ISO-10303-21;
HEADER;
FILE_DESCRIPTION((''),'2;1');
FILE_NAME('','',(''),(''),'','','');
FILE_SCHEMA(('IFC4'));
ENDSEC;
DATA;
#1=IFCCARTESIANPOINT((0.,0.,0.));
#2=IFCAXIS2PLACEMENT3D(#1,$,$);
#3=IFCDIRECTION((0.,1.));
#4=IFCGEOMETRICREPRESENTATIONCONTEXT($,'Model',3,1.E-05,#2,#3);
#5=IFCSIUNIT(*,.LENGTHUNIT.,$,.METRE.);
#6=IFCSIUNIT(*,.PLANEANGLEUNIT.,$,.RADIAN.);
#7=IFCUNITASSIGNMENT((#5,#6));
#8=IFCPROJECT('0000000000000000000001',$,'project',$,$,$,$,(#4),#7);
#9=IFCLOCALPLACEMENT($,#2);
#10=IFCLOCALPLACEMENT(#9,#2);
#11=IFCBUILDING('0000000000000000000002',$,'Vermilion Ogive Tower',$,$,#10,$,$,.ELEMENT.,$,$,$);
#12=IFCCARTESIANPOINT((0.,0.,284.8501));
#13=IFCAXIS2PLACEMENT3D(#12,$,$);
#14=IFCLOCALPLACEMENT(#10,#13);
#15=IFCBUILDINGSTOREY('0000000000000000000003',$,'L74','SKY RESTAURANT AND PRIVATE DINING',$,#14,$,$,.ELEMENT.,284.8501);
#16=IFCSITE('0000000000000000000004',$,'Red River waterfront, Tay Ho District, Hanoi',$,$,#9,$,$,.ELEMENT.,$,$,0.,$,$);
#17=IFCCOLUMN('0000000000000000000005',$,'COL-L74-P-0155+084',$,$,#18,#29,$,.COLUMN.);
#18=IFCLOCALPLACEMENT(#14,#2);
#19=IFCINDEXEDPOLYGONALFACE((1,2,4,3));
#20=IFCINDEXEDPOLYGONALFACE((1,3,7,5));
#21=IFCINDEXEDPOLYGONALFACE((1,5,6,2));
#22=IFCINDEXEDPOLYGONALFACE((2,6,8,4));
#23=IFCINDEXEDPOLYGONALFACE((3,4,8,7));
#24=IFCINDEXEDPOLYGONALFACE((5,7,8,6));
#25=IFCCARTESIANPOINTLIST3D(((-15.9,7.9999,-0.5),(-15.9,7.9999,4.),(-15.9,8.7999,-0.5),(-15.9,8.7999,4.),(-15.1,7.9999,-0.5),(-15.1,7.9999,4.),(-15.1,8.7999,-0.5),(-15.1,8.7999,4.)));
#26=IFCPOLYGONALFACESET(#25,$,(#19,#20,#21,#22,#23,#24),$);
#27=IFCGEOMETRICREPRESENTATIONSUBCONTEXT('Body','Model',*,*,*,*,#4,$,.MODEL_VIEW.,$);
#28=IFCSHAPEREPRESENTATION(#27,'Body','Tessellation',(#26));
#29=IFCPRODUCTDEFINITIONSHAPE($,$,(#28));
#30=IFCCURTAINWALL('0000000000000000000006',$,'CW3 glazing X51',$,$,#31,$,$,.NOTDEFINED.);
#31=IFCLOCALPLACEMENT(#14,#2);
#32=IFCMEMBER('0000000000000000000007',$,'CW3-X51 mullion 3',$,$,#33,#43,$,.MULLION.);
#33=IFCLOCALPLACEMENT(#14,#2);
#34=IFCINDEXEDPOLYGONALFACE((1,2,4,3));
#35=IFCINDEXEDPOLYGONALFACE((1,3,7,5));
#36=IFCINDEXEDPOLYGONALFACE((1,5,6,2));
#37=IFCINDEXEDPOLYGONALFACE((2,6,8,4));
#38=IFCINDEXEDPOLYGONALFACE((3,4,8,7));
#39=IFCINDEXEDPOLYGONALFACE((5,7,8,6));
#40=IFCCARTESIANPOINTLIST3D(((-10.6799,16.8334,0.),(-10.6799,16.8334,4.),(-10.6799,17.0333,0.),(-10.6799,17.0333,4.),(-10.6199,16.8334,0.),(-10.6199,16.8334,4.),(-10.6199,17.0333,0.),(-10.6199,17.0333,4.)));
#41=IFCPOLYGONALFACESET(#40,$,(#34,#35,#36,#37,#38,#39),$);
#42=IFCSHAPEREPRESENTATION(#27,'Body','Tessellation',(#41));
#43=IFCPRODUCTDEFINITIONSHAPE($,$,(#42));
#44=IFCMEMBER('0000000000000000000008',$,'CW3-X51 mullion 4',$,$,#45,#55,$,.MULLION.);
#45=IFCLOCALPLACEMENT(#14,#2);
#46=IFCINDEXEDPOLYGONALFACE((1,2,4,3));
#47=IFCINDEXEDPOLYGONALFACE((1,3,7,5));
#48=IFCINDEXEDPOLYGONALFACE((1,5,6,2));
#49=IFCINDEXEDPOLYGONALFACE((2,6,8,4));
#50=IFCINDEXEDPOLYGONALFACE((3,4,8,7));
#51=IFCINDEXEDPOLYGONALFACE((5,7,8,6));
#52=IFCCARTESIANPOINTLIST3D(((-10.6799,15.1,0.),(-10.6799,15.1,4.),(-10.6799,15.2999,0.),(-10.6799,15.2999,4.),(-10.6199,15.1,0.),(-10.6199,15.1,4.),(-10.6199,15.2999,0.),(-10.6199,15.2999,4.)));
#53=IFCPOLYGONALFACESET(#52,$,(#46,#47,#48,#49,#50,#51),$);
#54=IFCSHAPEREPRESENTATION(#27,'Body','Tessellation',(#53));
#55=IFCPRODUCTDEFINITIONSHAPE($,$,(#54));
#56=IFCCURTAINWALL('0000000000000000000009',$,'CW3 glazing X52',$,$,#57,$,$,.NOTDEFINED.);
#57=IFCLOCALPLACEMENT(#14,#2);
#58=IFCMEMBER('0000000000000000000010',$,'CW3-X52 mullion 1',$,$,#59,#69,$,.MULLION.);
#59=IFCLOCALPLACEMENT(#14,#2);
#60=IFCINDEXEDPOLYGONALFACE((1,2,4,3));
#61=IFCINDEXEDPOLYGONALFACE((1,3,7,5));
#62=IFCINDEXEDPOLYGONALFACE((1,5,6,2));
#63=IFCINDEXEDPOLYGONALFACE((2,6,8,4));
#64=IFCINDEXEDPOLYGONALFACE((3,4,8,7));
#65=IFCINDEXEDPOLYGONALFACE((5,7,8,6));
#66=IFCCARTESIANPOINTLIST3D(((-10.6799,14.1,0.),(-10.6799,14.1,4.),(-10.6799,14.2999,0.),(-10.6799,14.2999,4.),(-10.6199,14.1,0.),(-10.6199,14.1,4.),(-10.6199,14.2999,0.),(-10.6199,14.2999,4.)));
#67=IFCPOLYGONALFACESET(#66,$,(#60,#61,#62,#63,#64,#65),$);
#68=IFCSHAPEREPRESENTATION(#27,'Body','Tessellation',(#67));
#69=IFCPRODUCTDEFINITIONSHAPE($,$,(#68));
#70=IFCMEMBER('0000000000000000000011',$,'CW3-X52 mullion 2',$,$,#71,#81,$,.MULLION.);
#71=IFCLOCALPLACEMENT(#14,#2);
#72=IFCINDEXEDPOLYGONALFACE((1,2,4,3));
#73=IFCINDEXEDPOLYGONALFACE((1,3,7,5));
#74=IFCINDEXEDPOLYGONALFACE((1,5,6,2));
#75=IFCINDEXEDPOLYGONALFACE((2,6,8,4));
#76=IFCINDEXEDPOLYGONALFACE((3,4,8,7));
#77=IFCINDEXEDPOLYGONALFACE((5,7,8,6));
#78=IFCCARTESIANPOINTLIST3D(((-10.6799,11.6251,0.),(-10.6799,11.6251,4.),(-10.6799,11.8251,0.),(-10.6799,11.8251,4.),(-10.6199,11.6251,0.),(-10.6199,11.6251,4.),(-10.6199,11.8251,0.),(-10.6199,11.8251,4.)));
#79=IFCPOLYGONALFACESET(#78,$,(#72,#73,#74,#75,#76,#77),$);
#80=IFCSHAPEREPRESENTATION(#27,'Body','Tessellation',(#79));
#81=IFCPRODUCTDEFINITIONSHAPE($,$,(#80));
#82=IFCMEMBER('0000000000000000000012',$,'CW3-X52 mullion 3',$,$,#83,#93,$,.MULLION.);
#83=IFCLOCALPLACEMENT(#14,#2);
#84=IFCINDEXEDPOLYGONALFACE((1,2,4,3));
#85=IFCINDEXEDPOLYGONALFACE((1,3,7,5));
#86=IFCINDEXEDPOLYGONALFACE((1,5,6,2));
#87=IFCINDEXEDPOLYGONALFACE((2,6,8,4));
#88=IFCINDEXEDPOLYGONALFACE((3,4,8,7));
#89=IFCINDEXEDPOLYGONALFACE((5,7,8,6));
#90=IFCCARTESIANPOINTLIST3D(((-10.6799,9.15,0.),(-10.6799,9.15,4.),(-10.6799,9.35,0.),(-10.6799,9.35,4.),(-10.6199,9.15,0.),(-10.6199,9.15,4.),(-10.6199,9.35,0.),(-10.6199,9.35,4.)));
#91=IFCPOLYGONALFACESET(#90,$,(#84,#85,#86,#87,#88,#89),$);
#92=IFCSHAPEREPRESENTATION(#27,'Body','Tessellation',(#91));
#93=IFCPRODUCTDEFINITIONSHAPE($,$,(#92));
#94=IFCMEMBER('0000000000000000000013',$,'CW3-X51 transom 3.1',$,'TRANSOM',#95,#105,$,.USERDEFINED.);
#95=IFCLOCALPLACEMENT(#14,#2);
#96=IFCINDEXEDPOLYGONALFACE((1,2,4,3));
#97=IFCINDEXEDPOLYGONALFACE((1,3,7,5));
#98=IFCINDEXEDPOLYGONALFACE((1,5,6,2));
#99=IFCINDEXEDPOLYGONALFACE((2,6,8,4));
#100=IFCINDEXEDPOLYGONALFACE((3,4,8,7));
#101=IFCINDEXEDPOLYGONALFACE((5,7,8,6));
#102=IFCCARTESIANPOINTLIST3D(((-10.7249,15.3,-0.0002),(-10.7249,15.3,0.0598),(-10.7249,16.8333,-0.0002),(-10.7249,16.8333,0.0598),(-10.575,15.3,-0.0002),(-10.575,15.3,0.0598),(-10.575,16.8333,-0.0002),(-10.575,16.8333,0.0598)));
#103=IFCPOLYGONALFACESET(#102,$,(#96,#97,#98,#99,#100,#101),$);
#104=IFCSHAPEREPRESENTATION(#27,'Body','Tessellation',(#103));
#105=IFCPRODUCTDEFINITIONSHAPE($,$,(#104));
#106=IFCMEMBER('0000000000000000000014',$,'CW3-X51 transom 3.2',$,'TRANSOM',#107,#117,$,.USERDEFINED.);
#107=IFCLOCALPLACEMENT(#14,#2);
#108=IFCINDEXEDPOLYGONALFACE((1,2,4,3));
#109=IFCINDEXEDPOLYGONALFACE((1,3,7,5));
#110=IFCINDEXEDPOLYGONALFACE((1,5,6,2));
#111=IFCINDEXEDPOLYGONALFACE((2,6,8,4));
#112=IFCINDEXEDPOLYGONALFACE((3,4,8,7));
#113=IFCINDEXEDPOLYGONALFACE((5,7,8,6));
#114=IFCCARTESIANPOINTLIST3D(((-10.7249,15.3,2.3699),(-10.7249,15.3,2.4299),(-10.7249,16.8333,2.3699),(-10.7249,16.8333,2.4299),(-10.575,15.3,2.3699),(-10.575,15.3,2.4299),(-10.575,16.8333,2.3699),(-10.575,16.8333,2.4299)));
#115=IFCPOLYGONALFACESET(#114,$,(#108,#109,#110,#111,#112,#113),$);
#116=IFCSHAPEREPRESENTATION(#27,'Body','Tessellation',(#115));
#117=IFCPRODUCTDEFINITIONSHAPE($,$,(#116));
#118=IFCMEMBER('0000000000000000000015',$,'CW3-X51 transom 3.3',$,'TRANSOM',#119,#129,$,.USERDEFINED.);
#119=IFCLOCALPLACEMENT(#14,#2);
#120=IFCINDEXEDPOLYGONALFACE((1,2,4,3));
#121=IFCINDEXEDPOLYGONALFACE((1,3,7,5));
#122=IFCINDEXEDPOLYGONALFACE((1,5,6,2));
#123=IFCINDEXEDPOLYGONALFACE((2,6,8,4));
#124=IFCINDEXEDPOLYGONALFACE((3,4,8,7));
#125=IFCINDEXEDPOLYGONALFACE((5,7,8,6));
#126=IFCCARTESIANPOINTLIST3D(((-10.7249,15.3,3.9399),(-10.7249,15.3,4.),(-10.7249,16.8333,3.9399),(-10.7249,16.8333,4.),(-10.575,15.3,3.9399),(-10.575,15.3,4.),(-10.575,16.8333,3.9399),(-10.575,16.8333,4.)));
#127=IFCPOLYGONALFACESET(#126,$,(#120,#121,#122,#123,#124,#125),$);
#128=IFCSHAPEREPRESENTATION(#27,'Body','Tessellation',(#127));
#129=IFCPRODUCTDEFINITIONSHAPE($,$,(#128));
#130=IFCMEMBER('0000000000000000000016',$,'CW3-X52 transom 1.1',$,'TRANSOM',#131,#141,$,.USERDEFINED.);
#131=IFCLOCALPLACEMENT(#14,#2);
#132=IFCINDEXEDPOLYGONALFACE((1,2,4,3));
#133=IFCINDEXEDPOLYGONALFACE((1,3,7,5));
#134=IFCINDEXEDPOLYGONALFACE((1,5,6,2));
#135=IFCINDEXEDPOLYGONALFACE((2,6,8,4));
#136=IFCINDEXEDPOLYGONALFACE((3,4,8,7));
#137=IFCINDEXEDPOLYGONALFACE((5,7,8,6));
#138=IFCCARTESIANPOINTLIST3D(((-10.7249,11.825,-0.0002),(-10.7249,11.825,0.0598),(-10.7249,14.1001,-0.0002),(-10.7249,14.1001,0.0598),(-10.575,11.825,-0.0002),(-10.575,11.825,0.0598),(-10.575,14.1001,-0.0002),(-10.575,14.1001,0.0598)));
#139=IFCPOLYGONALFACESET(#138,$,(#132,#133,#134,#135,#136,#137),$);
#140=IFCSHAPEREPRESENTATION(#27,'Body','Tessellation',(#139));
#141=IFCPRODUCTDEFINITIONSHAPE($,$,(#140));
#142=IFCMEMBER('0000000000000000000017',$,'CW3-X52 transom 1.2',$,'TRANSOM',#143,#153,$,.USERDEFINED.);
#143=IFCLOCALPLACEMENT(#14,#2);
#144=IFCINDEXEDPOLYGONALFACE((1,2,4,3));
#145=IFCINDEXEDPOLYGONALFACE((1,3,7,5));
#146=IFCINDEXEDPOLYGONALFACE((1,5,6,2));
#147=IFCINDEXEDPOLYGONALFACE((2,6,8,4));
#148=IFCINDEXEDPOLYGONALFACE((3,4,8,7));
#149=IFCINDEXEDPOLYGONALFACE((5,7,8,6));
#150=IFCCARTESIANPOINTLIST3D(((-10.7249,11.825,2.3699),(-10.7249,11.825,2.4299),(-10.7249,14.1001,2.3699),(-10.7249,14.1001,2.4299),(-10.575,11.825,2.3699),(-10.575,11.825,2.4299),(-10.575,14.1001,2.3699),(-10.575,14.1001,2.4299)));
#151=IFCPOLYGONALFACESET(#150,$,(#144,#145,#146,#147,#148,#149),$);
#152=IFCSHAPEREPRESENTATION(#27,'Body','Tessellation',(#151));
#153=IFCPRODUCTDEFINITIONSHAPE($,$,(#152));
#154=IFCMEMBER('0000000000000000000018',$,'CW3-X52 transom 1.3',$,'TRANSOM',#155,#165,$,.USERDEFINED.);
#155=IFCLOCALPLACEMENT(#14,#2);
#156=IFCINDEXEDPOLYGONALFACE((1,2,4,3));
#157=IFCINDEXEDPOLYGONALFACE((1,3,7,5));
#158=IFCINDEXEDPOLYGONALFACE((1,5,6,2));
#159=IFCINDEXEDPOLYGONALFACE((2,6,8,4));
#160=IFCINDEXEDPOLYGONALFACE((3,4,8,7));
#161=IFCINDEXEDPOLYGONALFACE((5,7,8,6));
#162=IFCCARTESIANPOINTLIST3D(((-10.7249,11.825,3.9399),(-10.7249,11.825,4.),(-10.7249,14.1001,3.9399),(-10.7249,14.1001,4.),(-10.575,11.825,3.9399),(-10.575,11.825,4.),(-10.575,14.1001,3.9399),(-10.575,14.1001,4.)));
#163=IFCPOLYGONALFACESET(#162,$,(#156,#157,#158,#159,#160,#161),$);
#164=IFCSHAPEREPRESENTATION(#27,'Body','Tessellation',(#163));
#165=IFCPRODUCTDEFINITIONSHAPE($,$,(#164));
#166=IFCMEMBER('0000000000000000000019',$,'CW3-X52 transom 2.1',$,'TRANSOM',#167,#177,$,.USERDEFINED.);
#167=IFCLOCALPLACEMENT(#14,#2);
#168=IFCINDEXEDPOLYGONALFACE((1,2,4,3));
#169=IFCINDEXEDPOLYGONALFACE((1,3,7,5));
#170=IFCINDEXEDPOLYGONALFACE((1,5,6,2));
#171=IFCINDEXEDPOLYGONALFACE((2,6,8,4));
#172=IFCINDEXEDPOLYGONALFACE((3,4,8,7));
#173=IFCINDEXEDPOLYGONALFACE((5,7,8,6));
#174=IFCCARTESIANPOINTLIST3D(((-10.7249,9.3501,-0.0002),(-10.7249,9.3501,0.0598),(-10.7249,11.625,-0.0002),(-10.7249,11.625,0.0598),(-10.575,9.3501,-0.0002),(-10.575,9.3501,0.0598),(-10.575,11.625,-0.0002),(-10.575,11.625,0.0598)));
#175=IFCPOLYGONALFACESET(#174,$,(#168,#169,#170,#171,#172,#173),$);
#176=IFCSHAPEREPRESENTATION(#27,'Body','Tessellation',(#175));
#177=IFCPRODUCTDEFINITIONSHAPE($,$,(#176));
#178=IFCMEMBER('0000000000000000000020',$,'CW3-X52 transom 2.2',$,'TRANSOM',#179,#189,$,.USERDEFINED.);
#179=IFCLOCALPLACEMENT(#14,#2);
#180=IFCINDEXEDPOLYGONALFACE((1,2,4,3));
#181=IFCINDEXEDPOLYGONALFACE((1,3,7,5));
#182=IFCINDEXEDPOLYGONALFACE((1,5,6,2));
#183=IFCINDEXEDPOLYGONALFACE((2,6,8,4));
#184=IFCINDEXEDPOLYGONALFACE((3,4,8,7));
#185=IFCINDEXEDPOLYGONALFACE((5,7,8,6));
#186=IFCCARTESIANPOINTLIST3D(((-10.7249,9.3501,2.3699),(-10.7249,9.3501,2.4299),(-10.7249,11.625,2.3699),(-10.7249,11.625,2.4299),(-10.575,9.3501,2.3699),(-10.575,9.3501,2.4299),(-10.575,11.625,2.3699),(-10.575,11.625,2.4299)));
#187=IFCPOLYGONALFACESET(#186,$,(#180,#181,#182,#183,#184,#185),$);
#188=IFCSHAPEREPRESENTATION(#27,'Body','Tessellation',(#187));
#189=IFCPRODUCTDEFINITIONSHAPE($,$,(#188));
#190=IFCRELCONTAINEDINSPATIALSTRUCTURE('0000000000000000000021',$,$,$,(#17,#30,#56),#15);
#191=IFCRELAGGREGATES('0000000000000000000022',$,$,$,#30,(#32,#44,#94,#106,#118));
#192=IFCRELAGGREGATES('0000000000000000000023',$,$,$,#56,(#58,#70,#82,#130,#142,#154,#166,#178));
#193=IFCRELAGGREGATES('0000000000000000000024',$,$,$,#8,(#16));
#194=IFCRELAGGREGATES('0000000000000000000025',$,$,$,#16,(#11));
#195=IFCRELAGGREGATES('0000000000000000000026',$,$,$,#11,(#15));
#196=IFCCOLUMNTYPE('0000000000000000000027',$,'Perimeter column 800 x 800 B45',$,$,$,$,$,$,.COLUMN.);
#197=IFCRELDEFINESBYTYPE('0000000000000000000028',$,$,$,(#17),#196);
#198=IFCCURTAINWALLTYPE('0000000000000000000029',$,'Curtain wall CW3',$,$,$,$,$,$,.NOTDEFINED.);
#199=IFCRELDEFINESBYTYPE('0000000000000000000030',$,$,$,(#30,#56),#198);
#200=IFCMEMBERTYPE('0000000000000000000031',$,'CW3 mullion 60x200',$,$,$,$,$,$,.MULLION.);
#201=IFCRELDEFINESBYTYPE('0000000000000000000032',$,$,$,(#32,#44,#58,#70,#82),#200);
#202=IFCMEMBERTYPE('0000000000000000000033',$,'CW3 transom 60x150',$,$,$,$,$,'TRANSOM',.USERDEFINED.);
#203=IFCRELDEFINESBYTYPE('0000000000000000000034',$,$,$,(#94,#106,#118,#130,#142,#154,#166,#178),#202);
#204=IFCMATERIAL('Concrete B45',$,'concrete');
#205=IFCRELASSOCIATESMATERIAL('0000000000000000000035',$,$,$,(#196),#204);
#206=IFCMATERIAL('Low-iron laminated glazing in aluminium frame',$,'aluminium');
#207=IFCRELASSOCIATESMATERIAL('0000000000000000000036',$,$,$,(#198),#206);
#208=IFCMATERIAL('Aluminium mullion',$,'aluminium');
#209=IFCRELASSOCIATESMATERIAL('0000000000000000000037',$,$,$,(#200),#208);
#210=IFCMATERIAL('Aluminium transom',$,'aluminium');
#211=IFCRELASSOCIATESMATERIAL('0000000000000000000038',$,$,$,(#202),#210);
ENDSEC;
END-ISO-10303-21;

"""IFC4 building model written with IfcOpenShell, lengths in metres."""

from ifc_helpers import new_model, si_unit, direction, frame, origin, origin_2d, place, context, subcontext, project, spatial, rectangle, extrude, material, material_profile, profile_set, type_object, element, aggregate, save


model = new_model("IFC4")

# Units and contexts
model_context = context("Model", 3, precision=1e-05, world=origin(), true_north=direction((0.0, 1.0)))
body_context = subcontext(model_context, "Body", "Model", "MODEL_VIEW")
ifc_project = project(units=[si_unit("LENGTHUNIT", "METRE"), si_unit("PLANEANGLEUNIT", "RADIAN")], contexts=[model_context])

# Site, building, storey
site_placement = place(None, origin())
site = spatial("IfcSite", under=ifc_project, at=site_placement, Name="Red River waterfront, Tay Ho District, Hanoi", CompositionType="ELEMENT", RefElevation=0.0)
building_placement = place(site_placement, origin())
building = spatial("IfcBuilding", under=site, at=building_placement, Name="Vermilion Ogive Tower", CompositionType="ELEMENT")
storey_placement = place(building_placement, frame((0.0, 0.0, 284.8501)))
storey = spatial("IfcBuildingStorey", under=building, at=storey_placement, Name="L74", Description="SKY RESTAURANT AND PRIVATE DINING", CompositionType="ELEMENT", Elevation=284.8501)

# Column
ifc_material_1 = material(Name="Concrete B45", Category="concrete")
ifc_material_profile_1 = material_profile(ifc_material_1, rectangle(XDim=0.8, YDim=0.8, at=origin_2d()), Name="800 x 800")
ifc_profile_set_1 = profile_set([ifc_material_profile_1], Name="Concrete B45")
column_type = type_object("IfcColumnType", Name="Perimeter column 800 x 800 B45", PredefinedType="COLUMN", material=ifc_profile_set_1)
column_placement = place(storey_placement, frame((-15.5, 8.3999, -0.5), z_axis=(0.0, 0.0, 1.0), x_axis=(1.0, 0.0, 0.0)))
element("IfcColumn", 1, at=column_placement, inside=storey, type_object=column_type, Name="COL-L74-P-0155+084", PredefinedType="COLUMN", context=body_context, shape_type="SweptSolid", body=[
    extrude(rectangle(XDim=0.8, YDim=0.8, at=origin_2d()), origin(), (0.0, 0.0, 1.0), 4.5),
])

# Curtain walls, members
ifc_material_2 = material(Name="Low-iron laminated glazing in aluminium frame", Category="aluminium")
curtain_wall_type = type_object("IfcCurtainWallType", Name="Curtain wall CW3", PredefinedType="NOTDEFINED", material=ifc_material_2)
curtain_wall_1_placement = place(storey_placement, origin())
curtain_wall_1 = element("IfcCurtainWall", 2, at=curtain_wall_1_placement, inside=storey, type_object=curtain_wall_type, Name="CW3 glazing X51", PredefinedType="NOTDEFINED")
ifc_material_3 = material(Name="Aluminium mullion", Category="aluminium")
ifc_material_profile_2 = material_profile(ifc_material_3, rectangle(XDim=0.0601, YDim=0.2, at=origin_2d()), Name="AL 60x200")
ifc_profile_set_2 = profile_set([ifc_material_profile_2], Name="Aluminium mullion")
member_type_1 = type_object("IfcMemberType", Name="CW3 mullion 60x200", PredefinedType="MULLION", material=ifc_profile_set_2)
member_1_placement = place(storey_placement, frame((-10.6499, 16.9333, 0.0), z_axis=(0.0, 0.0, 1.0), x_axis=(1.0, 0.0, 0.0)))
member_1 = element("IfcMember", 3, at=member_1_placement, type_object=member_type_1, Name="CW3-X51 mullion 3", PredefinedType="MULLION", context=body_context, shape_type="SweptSolid", body=[
    extrude(rectangle(XDim=0.0601, YDim=0.2, at=origin_2d()), origin(), (0.0, 0.0, 1.0), 4.0),
])
member_2_placement = place(storey_placement, frame((-10.6499, 15.2, 0.0), z_axis=(0.0, 0.0, 1.0), x_axis=(1.0, 0.0, 0.0)))
member_2 = element("IfcMember", 4, at=member_2_placement, type_object=member_type_1, Name="CW3-X51 mullion 4", PredefinedType="MULLION", context=body_context, shape_type="SweptSolid", body=[
    extrude(rectangle(XDim=0.0601, YDim=0.2, at=origin_2d()), origin(), (0.0, 0.0, 1.0), 4.0),
])
curtain_wall_2_placement = place(storey_placement, origin())
curtain_wall_2 = element("IfcCurtainWall", 5, at=curtain_wall_2_placement, inside=storey, type_object=curtain_wall_type, Name="CW3 glazing X52", PredefinedType="NOTDEFINED")
member_3_placement = place(storey_placement, frame((-10.6499, 14.2, 0.0), z_axis=(0.0, 0.0, 1.0), x_axis=(1.0, 0.0, 0.0)))
member_3 = element("IfcMember", 6, at=member_3_placement, type_object=member_type_1, Name="CW3-X52 mullion 1", PredefinedType="MULLION", context=body_context, shape_type="SweptSolid", body=[
    extrude(rectangle(XDim=0.0601, YDim=0.2, at=origin_2d()), origin(), (0.0, 0.0, 1.0), 4.0),
])
member_4_placement = place(storey_placement, frame((-10.6499, 11.7251, 0.0), z_axis=(0.0, 0.0, 1.0), x_axis=(1.0, 0.0, 0.0)))
member_4 = element("IfcMember", 7, at=member_4_placement, type_object=member_type_1, Name="CW3-X52 mullion 2", PredefinedType="MULLION", context=body_context, shape_type="SweptSolid", body=[
    extrude(rectangle(XDim=0.0601, YDim=0.2, at=origin_2d()), origin(), (0.0, 0.0, 1.0), 4.0),
])
member_5_placement = place(storey_placement, frame((-10.6499, 9.25, 0.0), z_axis=(0.0, 0.0, 1.0), x_axis=(1.0, 0.0, 0.0)))
member_5 = element("IfcMember", 8, at=member_5_placement, type_object=member_type_1, Name="CW3-X52 mullion 3", PredefinedType="MULLION", context=body_context, shape_type="SweptSolid", body=[
    extrude(rectangle(XDim=0.0601, YDim=0.2, at=origin_2d()), origin(), (0.0, 0.0, 1.0), 4.0),
])

# Members
ifc_material_4 = material(Name="Aluminium transom", Category="aluminium")
ifc_material_profile_3 = material_profile(ifc_material_4, rectangle(XDim=0.1499, YDim=0.0601, at=origin_2d()), Name="AL 60x150")
ifc_profile_set_3 = profile_set([ifc_material_profile_3], Name="Aluminium transom")
member_type_2 = type_object("IfcMemberType", Name="CW3 transom 60x150", ElementType="TRANSOM", PredefinedType="USERDEFINED", material=ifc_profile_set_3)
member_6_placement = place(storey_placement, frame((-10.6499, 16.8333, 0.0298), z_axis=(0.0, -1.0, 0.0), x_axis=(1.0, 0.0, 0.0)))
member_6 = element("IfcMember", 9, at=member_6_placement, type_object=member_type_2, Name="CW3-X51 transom 3.1", ObjectType="TRANSOM", PredefinedType="USERDEFINED", context=body_context, shape_type="SweptSolid", body=[
    extrude(rectangle(XDim=0.1499, YDim=0.0601, at=origin_2d()), origin(), (0.0, 0.0, 1.0), 1.5332),
])
member_7_placement = place(storey_placement, frame((-10.6499, 16.8333, 2.3999), z_axis=(0.0, -1.0, 0.0), x_axis=(1.0, 0.0, 0.0)))
member_7 = element("IfcMember", 10, at=member_7_placement, type_object=member_type_2, Name="CW3-X51 transom 3.2", ObjectType="TRANSOM", PredefinedType="USERDEFINED", context=body_context, shape_type="SweptSolid", body=[
    extrude(rectangle(XDim=0.1499, YDim=0.0601, at=origin_2d()), origin(), (0.0, 0.0, 1.0), 1.5332),
])
member_8_placement = place(storey_placement, frame((-10.6499, 16.8333, 3.97), z_axis=(0.0, -1.0, 0.0), x_axis=(1.0, 0.0, 0.0)))
member_8 = element("IfcMember", 11, at=member_8_placement, type_object=member_type_2, Name="CW3-X51 transom 3.3", ObjectType="TRANSOM", PredefinedType="USERDEFINED", context=body_context, shape_type="SweptSolid", body=[
    extrude(rectangle(XDim=0.1499, YDim=0.0601, at=origin_2d()), origin(), (0.0, 0.0, 1.0), 1.5332),
])
member_9_placement = place(storey_placement, frame((-10.6499, 14.1001, 0.0298), z_axis=(0.0, -1.0, 0.0), x_axis=(1.0, 0.0, 0.0)))
member_9 = element("IfcMember", 12, at=member_9_placement, type_object=member_type_2, Name="CW3-X52 transom 1.1", ObjectType="TRANSOM", PredefinedType="USERDEFINED", context=body_context, shape_type="SweptSolid", body=[
    extrude(rectangle(XDim=0.1499, YDim=0.0601, at=origin_2d()), origin(), (0.0, 0.0, 1.0), 2.2751),
])
member_10_placement = place(storey_placement, frame((-10.6499, 14.1001, 2.3999), z_axis=(0.0, -1.0, 0.0), x_axis=(1.0, 0.0, 0.0)))
member_10 = element("IfcMember", 13, at=member_10_placement, type_object=member_type_2, Name="CW3-X52 transom 1.2", ObjectType="TRANSOM", PredefinedType="USERDEFINED", context=body_context, shape_type="SweptSolid", body=[
    extrude(rectangle(XDim=0.1499, YDim=0.0601, at=origin_2d()), origin(), (0.0, 0.0, 1.0), 2.2751),
])
member_11_placement = place(storey_placement, frame((-10.6499, 14.1001, 3.97), z_axis=(0.0, -1.0, 0.0), x_axis=(1.0, 0.0, 0.0)))
member_11 = element("IfcMember", 14, at=member_11_placement, type_object=member_type_2, Name="CW3-X52 transom 1.3", ObjectType="TRANSOM", PredefinedType="USERDEFINED", context=body_context, shape_type="SweptSolid", body=[
    extrude(rectangle(XDim=0.1499, YDim=0.0601, at=origin_2d()), origin(), (0.0, 0.0, 1.0), 2.2751),
])
member_12_placement = place(storey_placement, frame((-10.6499, 11.625, 0.0298), z_axis=(0.0, -1.0, 0.0), x_axis=(1.0, 0.0, 0.0)))
member_12 = element("IfcMember", 15, at=member_12_placement, type_object=member_type_2, Name="CW3-X52 transom 2.1", ObjectType="TRANSOM", PredefinedType="USERDEFINED", context=body_context, shape_type="SweptSolid", body=[
    extrude(rectangle(XDim=0.1499, YDim=0.0601, at=origin_2d()), origin(), (0.0, 0.0, 1.0), 2.2749),
])
member_13_placement = place(storey_placement, frame((-10.6499, 11.625, 2.3999), z_axis=(0.0, -1.0, 0.0), x_axis=(1.0, 0.0, 0.0)))
member_13 = element("IfcMember", 16, at=member_13_placement, type_object=member_type_2, Name="CW3-X52 transom 2.2", ObjectType="TRANSOM", PredefinedType="USERDEFINED", context=body_context, shape_type="SweptSolid", body=[
    extrude(rectangle(XDim=0.1499, YDim=0.0601, at=origin_2d()), origin(), (0.0, 0.0, 1.0), 2.2749),
])

aggregate(curtain_wall_1, [member_1, member_2, member_6, member_7, member_8])
aggregate(curtain_wall_2, [member_3, member_4, member_5, member_9, member_10, member_11, member_12, member_13])

save(model, "model.ifc")
